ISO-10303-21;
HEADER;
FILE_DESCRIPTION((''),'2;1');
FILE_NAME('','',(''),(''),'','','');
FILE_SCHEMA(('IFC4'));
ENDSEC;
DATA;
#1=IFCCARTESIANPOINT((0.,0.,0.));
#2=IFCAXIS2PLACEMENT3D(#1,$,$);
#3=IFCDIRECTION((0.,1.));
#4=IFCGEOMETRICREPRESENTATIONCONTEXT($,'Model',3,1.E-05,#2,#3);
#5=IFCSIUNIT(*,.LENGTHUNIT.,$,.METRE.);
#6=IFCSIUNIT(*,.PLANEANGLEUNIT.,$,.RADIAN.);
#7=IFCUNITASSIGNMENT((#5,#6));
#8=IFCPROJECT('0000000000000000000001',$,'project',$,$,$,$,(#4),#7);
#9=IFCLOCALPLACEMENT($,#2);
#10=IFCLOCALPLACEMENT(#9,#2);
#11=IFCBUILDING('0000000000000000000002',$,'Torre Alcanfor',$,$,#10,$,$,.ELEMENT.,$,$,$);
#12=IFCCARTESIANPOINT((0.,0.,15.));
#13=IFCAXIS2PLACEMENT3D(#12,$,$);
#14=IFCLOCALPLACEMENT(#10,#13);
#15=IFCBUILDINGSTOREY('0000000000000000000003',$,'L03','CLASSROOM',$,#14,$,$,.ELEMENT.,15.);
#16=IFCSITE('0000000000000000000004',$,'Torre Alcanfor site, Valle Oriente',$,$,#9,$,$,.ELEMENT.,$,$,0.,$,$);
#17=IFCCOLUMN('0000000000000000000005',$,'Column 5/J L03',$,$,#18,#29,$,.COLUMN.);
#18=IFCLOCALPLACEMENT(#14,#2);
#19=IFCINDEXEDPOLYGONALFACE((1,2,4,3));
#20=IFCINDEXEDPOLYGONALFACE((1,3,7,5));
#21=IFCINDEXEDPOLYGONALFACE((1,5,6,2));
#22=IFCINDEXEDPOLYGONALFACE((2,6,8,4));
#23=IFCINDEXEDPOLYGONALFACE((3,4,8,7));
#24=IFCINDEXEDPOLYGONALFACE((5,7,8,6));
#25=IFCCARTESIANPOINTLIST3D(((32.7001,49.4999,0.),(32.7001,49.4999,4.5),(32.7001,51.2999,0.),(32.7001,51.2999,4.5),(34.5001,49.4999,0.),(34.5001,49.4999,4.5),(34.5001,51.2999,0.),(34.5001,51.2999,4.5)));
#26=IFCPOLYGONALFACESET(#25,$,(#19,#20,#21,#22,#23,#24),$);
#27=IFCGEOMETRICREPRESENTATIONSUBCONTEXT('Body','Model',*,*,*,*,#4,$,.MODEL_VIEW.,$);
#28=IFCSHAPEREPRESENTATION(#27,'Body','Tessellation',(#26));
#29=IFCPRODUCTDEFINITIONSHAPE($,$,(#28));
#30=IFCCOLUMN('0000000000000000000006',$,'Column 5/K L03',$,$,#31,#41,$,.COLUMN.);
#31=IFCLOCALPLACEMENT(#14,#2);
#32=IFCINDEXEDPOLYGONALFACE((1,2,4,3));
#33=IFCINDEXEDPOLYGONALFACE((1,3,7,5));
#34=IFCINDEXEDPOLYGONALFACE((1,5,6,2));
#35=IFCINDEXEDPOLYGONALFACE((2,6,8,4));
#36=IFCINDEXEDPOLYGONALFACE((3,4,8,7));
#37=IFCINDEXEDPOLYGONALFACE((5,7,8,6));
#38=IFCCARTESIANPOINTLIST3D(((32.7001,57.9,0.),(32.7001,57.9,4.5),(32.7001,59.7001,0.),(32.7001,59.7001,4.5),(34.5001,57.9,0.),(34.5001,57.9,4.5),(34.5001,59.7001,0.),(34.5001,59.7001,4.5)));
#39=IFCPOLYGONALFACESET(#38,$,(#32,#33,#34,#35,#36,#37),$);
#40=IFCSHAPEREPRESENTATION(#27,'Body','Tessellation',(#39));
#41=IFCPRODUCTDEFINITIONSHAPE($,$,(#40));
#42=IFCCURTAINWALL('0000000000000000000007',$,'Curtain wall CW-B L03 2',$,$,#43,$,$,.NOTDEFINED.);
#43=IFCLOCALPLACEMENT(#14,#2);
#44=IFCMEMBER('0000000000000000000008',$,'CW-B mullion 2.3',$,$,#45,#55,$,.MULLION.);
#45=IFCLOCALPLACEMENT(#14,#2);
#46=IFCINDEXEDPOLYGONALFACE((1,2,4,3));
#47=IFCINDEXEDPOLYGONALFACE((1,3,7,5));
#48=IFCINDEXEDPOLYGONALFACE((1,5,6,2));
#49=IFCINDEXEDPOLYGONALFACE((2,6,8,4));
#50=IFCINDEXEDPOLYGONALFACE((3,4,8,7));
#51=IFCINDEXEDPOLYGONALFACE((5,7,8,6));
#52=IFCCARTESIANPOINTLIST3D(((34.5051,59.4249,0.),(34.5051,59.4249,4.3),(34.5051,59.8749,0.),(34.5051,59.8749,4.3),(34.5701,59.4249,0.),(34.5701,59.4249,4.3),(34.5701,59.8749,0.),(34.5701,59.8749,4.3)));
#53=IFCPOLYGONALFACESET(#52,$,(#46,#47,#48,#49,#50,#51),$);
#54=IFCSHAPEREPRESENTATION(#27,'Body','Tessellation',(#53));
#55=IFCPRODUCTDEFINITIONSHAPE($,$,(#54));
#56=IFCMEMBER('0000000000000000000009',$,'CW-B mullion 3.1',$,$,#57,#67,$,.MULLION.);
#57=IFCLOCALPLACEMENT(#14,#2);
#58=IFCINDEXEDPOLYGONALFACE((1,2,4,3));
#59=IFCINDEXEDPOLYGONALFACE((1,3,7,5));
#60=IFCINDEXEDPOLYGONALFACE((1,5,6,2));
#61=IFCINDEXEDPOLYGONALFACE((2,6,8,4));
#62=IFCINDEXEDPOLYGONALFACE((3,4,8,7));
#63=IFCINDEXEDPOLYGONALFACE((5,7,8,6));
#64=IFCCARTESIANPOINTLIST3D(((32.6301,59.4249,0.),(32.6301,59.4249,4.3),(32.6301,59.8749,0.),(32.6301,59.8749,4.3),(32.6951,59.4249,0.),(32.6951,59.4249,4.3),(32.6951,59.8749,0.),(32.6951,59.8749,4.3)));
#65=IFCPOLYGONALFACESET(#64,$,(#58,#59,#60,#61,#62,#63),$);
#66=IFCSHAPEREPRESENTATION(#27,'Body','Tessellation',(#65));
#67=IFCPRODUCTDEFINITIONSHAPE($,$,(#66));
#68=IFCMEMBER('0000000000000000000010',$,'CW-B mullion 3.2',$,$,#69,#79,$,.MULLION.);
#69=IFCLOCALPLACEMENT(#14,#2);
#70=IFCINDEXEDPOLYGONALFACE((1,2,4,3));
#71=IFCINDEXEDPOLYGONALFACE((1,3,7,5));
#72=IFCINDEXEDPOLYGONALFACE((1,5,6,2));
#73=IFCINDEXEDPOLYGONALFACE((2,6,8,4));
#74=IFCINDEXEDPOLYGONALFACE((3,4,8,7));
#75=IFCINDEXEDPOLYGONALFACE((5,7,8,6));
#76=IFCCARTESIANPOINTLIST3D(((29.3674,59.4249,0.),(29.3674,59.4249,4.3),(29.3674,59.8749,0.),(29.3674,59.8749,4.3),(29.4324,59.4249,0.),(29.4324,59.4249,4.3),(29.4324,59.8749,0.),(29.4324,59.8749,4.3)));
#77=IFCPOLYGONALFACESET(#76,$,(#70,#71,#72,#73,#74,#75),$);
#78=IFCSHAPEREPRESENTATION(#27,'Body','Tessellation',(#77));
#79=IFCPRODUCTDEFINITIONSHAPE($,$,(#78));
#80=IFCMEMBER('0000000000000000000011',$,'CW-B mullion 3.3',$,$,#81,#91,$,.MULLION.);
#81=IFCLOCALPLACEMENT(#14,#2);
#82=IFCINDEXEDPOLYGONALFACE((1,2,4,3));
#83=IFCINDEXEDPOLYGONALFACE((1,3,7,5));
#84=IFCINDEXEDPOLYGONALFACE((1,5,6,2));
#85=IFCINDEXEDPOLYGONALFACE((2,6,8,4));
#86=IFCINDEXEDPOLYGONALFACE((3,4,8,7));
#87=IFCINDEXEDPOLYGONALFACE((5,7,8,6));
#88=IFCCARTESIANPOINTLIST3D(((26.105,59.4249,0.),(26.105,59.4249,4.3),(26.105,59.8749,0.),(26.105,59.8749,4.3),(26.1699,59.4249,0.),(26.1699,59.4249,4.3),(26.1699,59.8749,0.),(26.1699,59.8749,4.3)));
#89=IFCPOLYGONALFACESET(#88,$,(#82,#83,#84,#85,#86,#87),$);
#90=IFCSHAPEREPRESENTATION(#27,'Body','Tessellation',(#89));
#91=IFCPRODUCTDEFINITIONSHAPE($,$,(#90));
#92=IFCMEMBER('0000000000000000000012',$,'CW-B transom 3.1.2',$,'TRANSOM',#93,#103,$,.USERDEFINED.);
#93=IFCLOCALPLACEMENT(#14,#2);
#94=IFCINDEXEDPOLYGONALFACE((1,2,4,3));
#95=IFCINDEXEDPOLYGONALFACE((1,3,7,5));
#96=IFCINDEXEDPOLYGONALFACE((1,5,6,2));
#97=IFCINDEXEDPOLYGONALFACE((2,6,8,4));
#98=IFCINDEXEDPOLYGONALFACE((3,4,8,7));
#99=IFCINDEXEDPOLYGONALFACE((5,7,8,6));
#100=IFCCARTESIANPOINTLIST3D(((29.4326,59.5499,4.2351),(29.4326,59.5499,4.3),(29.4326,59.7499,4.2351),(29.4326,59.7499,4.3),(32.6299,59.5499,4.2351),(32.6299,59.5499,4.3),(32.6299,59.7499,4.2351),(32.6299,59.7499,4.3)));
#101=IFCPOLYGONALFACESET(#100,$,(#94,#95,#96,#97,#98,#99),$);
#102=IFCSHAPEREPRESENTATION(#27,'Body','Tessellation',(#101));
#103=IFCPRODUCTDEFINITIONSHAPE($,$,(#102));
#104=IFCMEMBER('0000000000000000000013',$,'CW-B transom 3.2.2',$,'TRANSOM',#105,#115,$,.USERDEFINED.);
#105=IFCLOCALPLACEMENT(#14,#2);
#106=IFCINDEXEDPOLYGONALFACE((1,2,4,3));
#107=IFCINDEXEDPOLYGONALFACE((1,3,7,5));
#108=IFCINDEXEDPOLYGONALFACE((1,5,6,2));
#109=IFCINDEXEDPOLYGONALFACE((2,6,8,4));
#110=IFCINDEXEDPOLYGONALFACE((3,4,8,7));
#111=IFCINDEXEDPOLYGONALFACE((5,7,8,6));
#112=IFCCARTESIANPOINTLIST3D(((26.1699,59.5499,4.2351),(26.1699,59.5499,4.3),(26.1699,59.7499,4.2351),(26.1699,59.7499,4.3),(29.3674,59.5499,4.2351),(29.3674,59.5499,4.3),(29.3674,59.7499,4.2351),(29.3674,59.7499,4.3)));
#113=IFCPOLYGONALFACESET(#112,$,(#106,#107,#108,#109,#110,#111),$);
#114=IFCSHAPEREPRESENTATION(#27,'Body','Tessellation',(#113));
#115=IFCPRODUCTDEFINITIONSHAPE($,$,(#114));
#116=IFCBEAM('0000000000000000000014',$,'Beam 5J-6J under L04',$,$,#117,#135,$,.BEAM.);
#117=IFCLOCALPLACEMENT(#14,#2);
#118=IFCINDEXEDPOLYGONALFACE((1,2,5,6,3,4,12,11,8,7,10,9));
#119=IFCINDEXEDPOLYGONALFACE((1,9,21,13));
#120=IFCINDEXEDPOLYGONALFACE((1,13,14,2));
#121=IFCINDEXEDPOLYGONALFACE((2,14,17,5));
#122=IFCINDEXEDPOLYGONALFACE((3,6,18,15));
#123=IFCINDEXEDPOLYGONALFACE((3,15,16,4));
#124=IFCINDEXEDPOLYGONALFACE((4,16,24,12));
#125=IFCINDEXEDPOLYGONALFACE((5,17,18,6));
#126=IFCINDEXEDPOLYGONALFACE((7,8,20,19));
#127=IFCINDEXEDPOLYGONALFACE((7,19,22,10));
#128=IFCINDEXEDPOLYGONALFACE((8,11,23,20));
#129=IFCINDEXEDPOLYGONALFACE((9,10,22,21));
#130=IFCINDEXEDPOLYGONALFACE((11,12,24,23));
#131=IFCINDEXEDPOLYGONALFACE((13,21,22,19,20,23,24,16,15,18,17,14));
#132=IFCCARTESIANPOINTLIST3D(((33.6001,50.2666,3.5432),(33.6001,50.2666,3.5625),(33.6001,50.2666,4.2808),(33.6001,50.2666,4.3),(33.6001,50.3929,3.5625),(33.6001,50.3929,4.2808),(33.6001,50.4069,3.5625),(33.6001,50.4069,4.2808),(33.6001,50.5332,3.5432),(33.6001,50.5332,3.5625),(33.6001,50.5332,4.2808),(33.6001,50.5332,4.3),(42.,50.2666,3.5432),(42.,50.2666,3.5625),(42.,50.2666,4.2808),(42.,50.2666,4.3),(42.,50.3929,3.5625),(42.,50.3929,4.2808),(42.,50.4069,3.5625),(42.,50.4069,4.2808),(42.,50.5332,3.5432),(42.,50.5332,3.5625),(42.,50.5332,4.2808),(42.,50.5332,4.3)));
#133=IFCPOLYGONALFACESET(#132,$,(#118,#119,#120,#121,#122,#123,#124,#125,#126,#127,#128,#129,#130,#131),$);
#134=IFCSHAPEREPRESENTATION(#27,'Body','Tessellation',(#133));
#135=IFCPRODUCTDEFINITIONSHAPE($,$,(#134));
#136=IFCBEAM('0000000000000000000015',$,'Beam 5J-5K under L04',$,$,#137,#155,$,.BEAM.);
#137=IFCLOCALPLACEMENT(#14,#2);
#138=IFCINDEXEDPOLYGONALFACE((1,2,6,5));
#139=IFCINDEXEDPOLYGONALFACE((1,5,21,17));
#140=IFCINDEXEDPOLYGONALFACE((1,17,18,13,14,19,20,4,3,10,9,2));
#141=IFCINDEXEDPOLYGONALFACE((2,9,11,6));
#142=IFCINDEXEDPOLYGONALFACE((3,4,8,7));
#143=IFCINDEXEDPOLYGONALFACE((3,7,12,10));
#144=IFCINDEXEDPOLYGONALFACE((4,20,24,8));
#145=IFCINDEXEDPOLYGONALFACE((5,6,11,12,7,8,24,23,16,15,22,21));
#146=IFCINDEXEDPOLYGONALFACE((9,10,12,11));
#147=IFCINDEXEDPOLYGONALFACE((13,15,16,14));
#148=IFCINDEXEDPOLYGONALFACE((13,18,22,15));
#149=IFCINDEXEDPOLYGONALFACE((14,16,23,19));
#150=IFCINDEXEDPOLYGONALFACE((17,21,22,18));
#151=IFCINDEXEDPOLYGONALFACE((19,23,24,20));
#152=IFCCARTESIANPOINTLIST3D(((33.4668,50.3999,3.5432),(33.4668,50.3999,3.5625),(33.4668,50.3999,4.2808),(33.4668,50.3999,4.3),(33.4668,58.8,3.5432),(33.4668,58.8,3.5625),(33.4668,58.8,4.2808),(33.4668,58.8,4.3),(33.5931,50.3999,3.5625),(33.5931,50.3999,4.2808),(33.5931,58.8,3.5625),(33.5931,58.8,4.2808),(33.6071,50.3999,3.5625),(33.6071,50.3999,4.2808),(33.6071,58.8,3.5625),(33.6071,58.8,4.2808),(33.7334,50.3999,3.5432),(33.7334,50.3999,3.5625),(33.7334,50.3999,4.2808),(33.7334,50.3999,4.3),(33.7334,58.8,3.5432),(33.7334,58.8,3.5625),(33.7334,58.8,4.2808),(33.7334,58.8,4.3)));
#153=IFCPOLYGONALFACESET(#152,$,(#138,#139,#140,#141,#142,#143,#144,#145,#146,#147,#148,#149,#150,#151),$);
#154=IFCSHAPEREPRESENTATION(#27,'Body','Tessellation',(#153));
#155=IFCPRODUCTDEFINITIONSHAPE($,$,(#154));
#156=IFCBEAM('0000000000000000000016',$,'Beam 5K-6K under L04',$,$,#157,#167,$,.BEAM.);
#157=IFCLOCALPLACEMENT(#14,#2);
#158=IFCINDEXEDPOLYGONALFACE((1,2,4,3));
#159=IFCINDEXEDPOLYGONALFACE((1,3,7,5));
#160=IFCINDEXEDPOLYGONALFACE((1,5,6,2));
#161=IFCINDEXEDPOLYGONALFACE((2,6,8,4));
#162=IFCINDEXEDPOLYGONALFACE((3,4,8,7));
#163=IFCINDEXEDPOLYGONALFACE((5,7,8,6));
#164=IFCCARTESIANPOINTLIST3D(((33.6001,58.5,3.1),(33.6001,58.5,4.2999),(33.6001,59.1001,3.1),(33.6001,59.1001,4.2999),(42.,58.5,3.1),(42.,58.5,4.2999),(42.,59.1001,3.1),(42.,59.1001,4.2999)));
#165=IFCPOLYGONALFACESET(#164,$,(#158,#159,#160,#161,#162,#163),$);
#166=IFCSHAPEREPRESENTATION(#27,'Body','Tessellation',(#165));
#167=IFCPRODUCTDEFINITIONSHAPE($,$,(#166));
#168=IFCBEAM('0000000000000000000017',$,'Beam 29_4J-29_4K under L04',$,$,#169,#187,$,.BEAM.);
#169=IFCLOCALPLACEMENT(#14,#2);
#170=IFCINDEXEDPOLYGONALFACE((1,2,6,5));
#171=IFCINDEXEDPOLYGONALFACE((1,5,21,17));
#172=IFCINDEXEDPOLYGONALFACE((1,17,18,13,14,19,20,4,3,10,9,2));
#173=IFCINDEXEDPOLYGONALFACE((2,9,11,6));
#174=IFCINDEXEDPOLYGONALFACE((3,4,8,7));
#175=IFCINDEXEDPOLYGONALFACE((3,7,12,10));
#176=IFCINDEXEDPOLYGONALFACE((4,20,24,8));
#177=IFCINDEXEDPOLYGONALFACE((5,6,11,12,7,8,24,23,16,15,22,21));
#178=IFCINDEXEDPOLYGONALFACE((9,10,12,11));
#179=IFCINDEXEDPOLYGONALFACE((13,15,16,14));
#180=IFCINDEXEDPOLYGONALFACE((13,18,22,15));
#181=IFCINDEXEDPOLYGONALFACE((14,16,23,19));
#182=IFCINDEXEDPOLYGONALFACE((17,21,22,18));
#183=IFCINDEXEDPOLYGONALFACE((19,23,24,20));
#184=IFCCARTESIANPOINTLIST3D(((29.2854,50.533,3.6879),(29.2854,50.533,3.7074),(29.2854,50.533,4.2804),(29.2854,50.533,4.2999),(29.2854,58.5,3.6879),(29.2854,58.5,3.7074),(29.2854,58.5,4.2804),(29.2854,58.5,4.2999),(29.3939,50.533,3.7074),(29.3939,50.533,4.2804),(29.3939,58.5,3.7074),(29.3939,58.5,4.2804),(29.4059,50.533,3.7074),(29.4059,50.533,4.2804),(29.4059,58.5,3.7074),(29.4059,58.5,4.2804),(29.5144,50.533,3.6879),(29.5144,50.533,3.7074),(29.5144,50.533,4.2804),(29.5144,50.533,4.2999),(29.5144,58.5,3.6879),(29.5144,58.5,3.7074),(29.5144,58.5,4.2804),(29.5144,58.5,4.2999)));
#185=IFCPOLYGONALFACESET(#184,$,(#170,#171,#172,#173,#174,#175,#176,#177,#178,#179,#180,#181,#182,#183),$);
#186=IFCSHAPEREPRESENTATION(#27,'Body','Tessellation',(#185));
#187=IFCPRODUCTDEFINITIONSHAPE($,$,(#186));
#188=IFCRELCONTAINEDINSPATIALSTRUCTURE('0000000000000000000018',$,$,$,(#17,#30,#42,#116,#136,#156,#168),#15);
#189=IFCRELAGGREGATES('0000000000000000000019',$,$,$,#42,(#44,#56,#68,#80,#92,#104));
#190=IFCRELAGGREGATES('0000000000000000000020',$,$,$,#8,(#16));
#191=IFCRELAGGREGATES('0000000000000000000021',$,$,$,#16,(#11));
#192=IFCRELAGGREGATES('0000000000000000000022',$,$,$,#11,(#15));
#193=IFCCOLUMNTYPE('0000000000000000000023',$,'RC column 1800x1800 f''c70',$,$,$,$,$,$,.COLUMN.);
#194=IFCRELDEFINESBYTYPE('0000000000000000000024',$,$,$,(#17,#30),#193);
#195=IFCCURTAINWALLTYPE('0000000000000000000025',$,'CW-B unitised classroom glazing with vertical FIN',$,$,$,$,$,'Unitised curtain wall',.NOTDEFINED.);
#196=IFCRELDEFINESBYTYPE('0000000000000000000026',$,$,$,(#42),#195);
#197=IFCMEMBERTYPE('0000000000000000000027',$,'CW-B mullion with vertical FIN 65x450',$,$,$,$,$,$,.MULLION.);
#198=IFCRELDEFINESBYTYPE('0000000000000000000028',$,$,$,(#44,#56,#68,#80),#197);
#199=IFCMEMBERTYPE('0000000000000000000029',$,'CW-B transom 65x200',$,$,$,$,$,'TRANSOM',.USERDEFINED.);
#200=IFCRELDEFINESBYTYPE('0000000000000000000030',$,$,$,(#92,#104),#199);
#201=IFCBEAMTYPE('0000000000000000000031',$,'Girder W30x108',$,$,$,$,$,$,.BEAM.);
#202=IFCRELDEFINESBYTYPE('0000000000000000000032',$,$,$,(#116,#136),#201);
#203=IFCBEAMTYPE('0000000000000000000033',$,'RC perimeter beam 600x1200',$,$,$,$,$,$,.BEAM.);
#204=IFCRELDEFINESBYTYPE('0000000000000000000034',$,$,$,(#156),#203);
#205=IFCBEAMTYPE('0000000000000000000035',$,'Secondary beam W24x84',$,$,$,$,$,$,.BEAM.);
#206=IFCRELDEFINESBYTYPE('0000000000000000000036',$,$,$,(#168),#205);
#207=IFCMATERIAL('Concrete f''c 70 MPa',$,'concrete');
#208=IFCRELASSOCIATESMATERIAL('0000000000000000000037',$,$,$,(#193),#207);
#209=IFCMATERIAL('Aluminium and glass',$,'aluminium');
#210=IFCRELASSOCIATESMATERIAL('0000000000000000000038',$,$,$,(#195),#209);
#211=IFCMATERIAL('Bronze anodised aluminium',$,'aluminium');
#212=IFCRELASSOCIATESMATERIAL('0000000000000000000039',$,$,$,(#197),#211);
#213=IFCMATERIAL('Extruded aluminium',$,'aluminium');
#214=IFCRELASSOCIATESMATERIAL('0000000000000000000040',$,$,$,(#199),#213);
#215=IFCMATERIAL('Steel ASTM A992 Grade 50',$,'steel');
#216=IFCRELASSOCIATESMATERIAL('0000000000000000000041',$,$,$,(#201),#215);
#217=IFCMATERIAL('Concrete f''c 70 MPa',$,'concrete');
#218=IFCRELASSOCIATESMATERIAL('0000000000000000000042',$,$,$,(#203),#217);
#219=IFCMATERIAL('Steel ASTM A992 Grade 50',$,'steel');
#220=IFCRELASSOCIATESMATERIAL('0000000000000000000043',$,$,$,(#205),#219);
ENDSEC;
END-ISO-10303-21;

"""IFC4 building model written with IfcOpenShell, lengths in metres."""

from ifc_helpers import new_model, si_unit, direction, frame, origin, origin_2d, place, context, subcontext, project, spatial, rectangle, i_section, extrude, material, material_profile, profile_set, type_object, element, aggregate, save


model = new_model("IFC4")

# Units and contexts
model_context = context("Model", 3, precision=1e-05, world=origin(), true_north=direction((0.0, 1.0)))
body_context = subcontext(model_context, "Body", "Model", "MODEL_VIEW")
ifc_project = project(units=[si_unit("LENGTHUNIT", "METRE"), si_unit("PLANEANGLEUNIT", "RADIAN")], contexts=[model_context])

# Site, building, storey
site_placement = place(None, origin())
site = spatial("IfcSite", under=ifc_project, at=site_placement, Name="Torre Alcanfor site, Valle Oriente", CompositionType="ELEMENT", RefElevation=0.0)
building_placement = place(site_placement, origin())
building = spatial("IfcBuilding", under=site, at=building_placement, Name="Torre Alcanfor", CompositionType="ELEMENT")
storey_placement = place(building_placement, frame((0.0, 0.0, 15.0)))
storey = spatial("IfcBuildingStorey", under=building, at=storey_placement, Name="L03", Description="CLASSROOM", CompositionType="ELEMENT", Elevation=15.0)

# Columns
ifc_material_1 = material(Name="Concrete f'c 70 MPa", Category="concrete")
ifc_material_profile_1 = material_profile(ifc_material_1, rectangle(XDim=1.8, YDim=1.8, at=origin_2d()), Name="1800x1800")
ifc_profile_set_1 = profile_set([ifc_material_profile_1], Name="Concrete f'c 70 MPa")
column_type = type_object("IfcColumnType", Name="RC column 1800x1800 f'c70", PredefinedType="COLUMN", material=ifc_profile_set_1)
for number, where, z_axis, x_axis, name in (
    (1, (33.6001, 50.3999, 0.0), (0.0, 0.0, 1.0), (1.0, 0.0, 0.0), "Column 5/J L03"),
    (2, (33.6001, 58.8, 0.0), (0.0, 0.0, 1.0), (1.0, 0.0, 0.0), "Column 5/K L03"),
):
    element("IfcColumn", number, at=place(storey_placement, frame(where, z_axis=z_axis, x_axis=x_axis)), inside=storey, type_object=column_type, Name=name, PredefinedType="COLUMN", context=body_context, shape_type="SweptSolid", body=[
        extrude(rectangle(XDim=1.8, YDim=1.8, at=origin_2d()), origin(), (0.0, 0.0, 1.0), 4.5),
    ])

# Curtain wall, members
ifc_material_2 = material(Name="Aluminium and glass", Category="aluminium")
curtain_wall_type = type_object("IfcCurtainWallType", Name="CW-B unitised classroom glazing with vertical FIN", ElementType="Unitised curtain wall", PredefinedType="NOTDEFINED", material=ifc_material_2)
curtain_wall_placement = place(storey_placement, origin())
curtain_wall = element("IfcCurtainWall", 3, at=curtain_wall_placement, inside=storey, type_object=curtain_wall_type, Name="Curtain wall CW-B L03 2", PredefinedType="NOTDEFINED")
ifc_material_3 = material(Name="Bronze anodised aluminium", Category="aluminium")
ifc_material_profile_2 = material_profile(ifc_material_3, rectangle(XDim=0.45, YDim=0.0649, at=origin_2d()), Name="CW-B mullion 65x450")
ifc_profile_set_2 = profile_set([ifc_material_profile_2], Name="Bronze anodised aluminium")
member_type_1 = type_object("IfcMemberType", Name="CW-B mullion with vertical FIN 65x450", PredefinedType="MULLION", material=ifc_profile_set_2)
member_1_placement = place(storey_placement, frame((34.5376, 59.6499, 0.0), z_axis=(0.0, 0.0, 1.0), x_axis=(0.0, -1.0, 0.0)))
member_1 = element("IfcMember", 4, at=member_1_placement, type_object=member_type_1, Name="CW-B mullion 2.3", PredefinedType="MULLION", context=body_context, shape_type="SweptSolid", body=[
    extrude(rectangle(XDim=0.45, YDim=0.0649, at=origin_2d()), origin(), (0.0, 0.0, 1.0), 4.3),
])
member_2_placement = place(storey_placement, frame((32.6626, 59.6499, 0.0), z_axis=(0.0, 0.0, 1.0), x_axis=(0.0, -1.0, 0.0)))
member_2 = element("IfcMember", 5, at=member_2_placement, type_object=member_type_1, Name="CW-B mullion 3.1", PredefinedType="MULLION", context=body_context, shape_type="SweptSolid", body=[
    extrude(rectangle(XDim=0.45, YDim=0.0649, at=origin_2d()), origin(), (0.0, 0.0, 1.0), 4.3),
])
member_3_placement = place(storey_placement, frame((29.3999, 59.6499, 0.0), z_axis=(0.0, 0.0, 1.0), x_axis=(0.0, -1.0, 0.0)))
member_3 = element("IfcMember", 6, at=member_3_placement, type_object=member_type_1, Name="CW-B mullion 3.2", PredefinedType="MULLION", context=body_context, shape_type="SweptSolid", body=[
    extrude(rectangle(XDim=0.45, YDim=0.0649, at=origin_2d()), origin(), (0.0, 0.0, 1.0), 4.3),
])
member_4_placement = place(storey_placement, frame((26.1375, 59.6499, 0.0), z_axis=(0.0, 0.0, 1.0), x_axis=(0.0, -1.0, 0.0)))
member_4 = element("IfcMember", 7, at=member_4_placement, type_object=member_type_1, Name="CW-B mullion 3.3", PredefinedType="MULLION", context=body_context, shape_type="SweptSolid", body=[
    extrude(rectangle(XDim=0.45, YDim=0.0649, at=origin_2d()), origin(), (0.0, 0.0, 1.0), 4.3),
])
ifc_material_4 = material(Name="Extruded aluminium", Category="aluminium")
ifc_material_profile_3 = material_profile(ifc_material_4, rectangle(XDim=0.2, YDim=0.0649, at=origin_2d()), Name="CW-B transom 200x65")
ifc_profile_set_3 = profile_set([ifc_material_profile_3], Name="Extruded aluminium")
member_type_2 = type_object("IfcMemberType", Name="CW-B transom 65x200", ElementType="TRANSOM", PredefinedType="USERDEFINED", material=ifc_profile_set_3)
member_5_placement = place(storey_placement, frame((32.6299, 59.6499, 4.2676), z_axis=(-1.0, 0.0, 0.0), x_axis=(0.0, -1.0, 0.0)))
member_5 = element("IfcMember", 8, at=member_5_placement, type_object=member_type_2, Name="CW-B transom 3.1.2", ObjectType="TRANSOM", PredefinedType="USERDEFINED", context=body_context, shape_type="SweptSolid", body=[
    extrude(rectangle(XDim=0.2, YDim=0.0649, at=origin_2d()), origin(), (0.0, 0.0, 1.0), 3.1973),
])
member_6_placement = place(storey_placement, frame((29.3674, 59.6499, 4.2676), z_axis=(-1.0, 0.0, 0.0), x_axis=(0.0, -1.0, 0.0)))
member_6 = element("IfcMember", 9, at=member_6_placement, type_object=member_type_2, Name="CW-B transom 3.2.2", ObjectType="TRANSOM", PredefinedType="USERDEFINED", context=body_context, shape_type="SweptSolid", body=[
    extrude(rectangle(XDim=0.2, YDim=0.0649, at=origin_2d()), origin(), (0.0, 0.0, 1.0), 3.1975),
])

# Beams
ifc_material_5 = material(Name="Steel ASTM A992 Grade 50", Category="steel")
ifc_material_profile_4 = material_profile(ifc_material_5, i_section(OverallWidth=0.2666, OverallDepth=0.7568, WebThickness=0.0139, FlangeThickness=0.0193, at=origin_2d()), Name="W30x108")
ifc_profile_set_4 = profile_set([ifc_material_profile_4], Name="Steel ASTM A992 Grade 50")
beam_type_1 = type_object("IfcBeamType", Name="Girder W30x108", PredefinedType="BEAM", material=ifc_profile_set_4)
beam_1_placement = place(storey_placement, frame((33.6001, 50.3999, 3.9216), z_axis=(1.0, 0.0, 0.0), x_axis=(0.0, 1.0, 0.0)))
element("IfcBeam", 10, at=beam_1_placement, inside=storey, type_object=beam_type_1, Name="Beam 5J-6J under L04", PredefinedType="BEAM", context=body_context, shape_type="SweptSolid", body=[
    extrude(i_section(OverallWidth=0.2666, OverallDepth=0.7568, WebThickness=0.0139, FlangeThickness=0.0193, at=origin_2d()), origin(), (0.0, 0.0, 1.0), 8.3999),
])
beam_2_placement = place(storey_placement, frame((33.6001, 50.3999, 3.9216), z_axis=(0.0, 1.0, 0.0), x_axis=(-1.0, 0.0, 0.0)))
element("IfcBeam", 11, at=beam_2_placement, inside=storey, type_object=beam_type_1, Name="Beam 5J-5K under L04", PredefinedType="BEAM", context=body_context, shape_type="SweptSolid", body=[
    extrude(i_section(OverallWidth=0.2666, OverallDepth=0.7568, WebThickness=0.0139, FlangeThickness=0.0193, at=origin_2d()), origin(), (0.0, 0.0, 1.0), 8.4001),
])
ifc_material_6 = material(Name="Concrete f'c 70 MPa", Category="concrete")
ifc_material_profile_5 = material_profile(ifc_material_6, rectangle(XDim=0.6001, YDim=1.2, at=origin_2d()), Name="600x1200")
ifc_profile_set_5 = profile_set([ifc_material_profile_5], Name="Concrete f'c 70 MPa")
beam_type_2 = type_object("IfcBeamType", Name="RC perimeter beam 600x1200", PredefinedType="BEAM", material=ifc_profile_set_5)
beam_3_placement = place(storey_placement, frame((33.6001, 58.8, 3.7), z_axis=(1.0, 0.0, 0.0), x_axis=(0.0, 1.0, 0.0)))
element("IfcBeam", 12, at=beam_3_placement, inside=storey, type_object=beam_type_2, Name="Beam 5K-6K under L04", PredefinedType="BEAM", context=body_context, shape_type="SweptSolid", body=[
    extrude(rectangle(XDim=0.6001, YDim=1.2, at=origin_2d()), origin(), (0.0, 0.0, 1.0), 8.3999),
])
ifc_material_7 = material(Name="Steel ASTM A992 Grade 50", Category="steel")
ifc_material_profile_6 = material_profile(ifc_material_7, i_section(OverallWidth=0.229, OverallDepth=0.6121, WebThickness=0.012, FlangeThickness=0.0195, at=origin_2d()), Name="W24x84")
ifc_profile_set_6 = profile_set([ifc_material_profile_6], Name="Steel ASTM A992 Grade 50")
beam_type_3 = type_object("IfcBeamType", Name="Secondary beam W24x84", PredefinedType="BEAM", material=ifc_profile_set_6)
beam_4_placement = place(storey_placement, frame((29.3999, 50.533, 3.9939), z_axis=(0.0, 1.0, 0.0), x_axis=(-1.0, 0.0, 0.0)))
element("IfcBeam", 13, at=beam_4_placement, inside=storey, type_object=beam_type_3, Name="Beam 29_4J-29_4K under L04", PredefinedType="BEAM", context=body_context, shape_type="SweptSolid", body=[
    extrude(i_section(OverallWidth=0.229, OverallDepth=0.6121, WebThickness=0.012, FlangeThickness=0.0195, at=origin_2d()), origin(), (0.0, 0.0, 1.0), 7.967),
])

aggregate(curtain_wall, [member_1, member_2, member_3, member_4, member_5, member_6])

save(model, "model.ifc")
